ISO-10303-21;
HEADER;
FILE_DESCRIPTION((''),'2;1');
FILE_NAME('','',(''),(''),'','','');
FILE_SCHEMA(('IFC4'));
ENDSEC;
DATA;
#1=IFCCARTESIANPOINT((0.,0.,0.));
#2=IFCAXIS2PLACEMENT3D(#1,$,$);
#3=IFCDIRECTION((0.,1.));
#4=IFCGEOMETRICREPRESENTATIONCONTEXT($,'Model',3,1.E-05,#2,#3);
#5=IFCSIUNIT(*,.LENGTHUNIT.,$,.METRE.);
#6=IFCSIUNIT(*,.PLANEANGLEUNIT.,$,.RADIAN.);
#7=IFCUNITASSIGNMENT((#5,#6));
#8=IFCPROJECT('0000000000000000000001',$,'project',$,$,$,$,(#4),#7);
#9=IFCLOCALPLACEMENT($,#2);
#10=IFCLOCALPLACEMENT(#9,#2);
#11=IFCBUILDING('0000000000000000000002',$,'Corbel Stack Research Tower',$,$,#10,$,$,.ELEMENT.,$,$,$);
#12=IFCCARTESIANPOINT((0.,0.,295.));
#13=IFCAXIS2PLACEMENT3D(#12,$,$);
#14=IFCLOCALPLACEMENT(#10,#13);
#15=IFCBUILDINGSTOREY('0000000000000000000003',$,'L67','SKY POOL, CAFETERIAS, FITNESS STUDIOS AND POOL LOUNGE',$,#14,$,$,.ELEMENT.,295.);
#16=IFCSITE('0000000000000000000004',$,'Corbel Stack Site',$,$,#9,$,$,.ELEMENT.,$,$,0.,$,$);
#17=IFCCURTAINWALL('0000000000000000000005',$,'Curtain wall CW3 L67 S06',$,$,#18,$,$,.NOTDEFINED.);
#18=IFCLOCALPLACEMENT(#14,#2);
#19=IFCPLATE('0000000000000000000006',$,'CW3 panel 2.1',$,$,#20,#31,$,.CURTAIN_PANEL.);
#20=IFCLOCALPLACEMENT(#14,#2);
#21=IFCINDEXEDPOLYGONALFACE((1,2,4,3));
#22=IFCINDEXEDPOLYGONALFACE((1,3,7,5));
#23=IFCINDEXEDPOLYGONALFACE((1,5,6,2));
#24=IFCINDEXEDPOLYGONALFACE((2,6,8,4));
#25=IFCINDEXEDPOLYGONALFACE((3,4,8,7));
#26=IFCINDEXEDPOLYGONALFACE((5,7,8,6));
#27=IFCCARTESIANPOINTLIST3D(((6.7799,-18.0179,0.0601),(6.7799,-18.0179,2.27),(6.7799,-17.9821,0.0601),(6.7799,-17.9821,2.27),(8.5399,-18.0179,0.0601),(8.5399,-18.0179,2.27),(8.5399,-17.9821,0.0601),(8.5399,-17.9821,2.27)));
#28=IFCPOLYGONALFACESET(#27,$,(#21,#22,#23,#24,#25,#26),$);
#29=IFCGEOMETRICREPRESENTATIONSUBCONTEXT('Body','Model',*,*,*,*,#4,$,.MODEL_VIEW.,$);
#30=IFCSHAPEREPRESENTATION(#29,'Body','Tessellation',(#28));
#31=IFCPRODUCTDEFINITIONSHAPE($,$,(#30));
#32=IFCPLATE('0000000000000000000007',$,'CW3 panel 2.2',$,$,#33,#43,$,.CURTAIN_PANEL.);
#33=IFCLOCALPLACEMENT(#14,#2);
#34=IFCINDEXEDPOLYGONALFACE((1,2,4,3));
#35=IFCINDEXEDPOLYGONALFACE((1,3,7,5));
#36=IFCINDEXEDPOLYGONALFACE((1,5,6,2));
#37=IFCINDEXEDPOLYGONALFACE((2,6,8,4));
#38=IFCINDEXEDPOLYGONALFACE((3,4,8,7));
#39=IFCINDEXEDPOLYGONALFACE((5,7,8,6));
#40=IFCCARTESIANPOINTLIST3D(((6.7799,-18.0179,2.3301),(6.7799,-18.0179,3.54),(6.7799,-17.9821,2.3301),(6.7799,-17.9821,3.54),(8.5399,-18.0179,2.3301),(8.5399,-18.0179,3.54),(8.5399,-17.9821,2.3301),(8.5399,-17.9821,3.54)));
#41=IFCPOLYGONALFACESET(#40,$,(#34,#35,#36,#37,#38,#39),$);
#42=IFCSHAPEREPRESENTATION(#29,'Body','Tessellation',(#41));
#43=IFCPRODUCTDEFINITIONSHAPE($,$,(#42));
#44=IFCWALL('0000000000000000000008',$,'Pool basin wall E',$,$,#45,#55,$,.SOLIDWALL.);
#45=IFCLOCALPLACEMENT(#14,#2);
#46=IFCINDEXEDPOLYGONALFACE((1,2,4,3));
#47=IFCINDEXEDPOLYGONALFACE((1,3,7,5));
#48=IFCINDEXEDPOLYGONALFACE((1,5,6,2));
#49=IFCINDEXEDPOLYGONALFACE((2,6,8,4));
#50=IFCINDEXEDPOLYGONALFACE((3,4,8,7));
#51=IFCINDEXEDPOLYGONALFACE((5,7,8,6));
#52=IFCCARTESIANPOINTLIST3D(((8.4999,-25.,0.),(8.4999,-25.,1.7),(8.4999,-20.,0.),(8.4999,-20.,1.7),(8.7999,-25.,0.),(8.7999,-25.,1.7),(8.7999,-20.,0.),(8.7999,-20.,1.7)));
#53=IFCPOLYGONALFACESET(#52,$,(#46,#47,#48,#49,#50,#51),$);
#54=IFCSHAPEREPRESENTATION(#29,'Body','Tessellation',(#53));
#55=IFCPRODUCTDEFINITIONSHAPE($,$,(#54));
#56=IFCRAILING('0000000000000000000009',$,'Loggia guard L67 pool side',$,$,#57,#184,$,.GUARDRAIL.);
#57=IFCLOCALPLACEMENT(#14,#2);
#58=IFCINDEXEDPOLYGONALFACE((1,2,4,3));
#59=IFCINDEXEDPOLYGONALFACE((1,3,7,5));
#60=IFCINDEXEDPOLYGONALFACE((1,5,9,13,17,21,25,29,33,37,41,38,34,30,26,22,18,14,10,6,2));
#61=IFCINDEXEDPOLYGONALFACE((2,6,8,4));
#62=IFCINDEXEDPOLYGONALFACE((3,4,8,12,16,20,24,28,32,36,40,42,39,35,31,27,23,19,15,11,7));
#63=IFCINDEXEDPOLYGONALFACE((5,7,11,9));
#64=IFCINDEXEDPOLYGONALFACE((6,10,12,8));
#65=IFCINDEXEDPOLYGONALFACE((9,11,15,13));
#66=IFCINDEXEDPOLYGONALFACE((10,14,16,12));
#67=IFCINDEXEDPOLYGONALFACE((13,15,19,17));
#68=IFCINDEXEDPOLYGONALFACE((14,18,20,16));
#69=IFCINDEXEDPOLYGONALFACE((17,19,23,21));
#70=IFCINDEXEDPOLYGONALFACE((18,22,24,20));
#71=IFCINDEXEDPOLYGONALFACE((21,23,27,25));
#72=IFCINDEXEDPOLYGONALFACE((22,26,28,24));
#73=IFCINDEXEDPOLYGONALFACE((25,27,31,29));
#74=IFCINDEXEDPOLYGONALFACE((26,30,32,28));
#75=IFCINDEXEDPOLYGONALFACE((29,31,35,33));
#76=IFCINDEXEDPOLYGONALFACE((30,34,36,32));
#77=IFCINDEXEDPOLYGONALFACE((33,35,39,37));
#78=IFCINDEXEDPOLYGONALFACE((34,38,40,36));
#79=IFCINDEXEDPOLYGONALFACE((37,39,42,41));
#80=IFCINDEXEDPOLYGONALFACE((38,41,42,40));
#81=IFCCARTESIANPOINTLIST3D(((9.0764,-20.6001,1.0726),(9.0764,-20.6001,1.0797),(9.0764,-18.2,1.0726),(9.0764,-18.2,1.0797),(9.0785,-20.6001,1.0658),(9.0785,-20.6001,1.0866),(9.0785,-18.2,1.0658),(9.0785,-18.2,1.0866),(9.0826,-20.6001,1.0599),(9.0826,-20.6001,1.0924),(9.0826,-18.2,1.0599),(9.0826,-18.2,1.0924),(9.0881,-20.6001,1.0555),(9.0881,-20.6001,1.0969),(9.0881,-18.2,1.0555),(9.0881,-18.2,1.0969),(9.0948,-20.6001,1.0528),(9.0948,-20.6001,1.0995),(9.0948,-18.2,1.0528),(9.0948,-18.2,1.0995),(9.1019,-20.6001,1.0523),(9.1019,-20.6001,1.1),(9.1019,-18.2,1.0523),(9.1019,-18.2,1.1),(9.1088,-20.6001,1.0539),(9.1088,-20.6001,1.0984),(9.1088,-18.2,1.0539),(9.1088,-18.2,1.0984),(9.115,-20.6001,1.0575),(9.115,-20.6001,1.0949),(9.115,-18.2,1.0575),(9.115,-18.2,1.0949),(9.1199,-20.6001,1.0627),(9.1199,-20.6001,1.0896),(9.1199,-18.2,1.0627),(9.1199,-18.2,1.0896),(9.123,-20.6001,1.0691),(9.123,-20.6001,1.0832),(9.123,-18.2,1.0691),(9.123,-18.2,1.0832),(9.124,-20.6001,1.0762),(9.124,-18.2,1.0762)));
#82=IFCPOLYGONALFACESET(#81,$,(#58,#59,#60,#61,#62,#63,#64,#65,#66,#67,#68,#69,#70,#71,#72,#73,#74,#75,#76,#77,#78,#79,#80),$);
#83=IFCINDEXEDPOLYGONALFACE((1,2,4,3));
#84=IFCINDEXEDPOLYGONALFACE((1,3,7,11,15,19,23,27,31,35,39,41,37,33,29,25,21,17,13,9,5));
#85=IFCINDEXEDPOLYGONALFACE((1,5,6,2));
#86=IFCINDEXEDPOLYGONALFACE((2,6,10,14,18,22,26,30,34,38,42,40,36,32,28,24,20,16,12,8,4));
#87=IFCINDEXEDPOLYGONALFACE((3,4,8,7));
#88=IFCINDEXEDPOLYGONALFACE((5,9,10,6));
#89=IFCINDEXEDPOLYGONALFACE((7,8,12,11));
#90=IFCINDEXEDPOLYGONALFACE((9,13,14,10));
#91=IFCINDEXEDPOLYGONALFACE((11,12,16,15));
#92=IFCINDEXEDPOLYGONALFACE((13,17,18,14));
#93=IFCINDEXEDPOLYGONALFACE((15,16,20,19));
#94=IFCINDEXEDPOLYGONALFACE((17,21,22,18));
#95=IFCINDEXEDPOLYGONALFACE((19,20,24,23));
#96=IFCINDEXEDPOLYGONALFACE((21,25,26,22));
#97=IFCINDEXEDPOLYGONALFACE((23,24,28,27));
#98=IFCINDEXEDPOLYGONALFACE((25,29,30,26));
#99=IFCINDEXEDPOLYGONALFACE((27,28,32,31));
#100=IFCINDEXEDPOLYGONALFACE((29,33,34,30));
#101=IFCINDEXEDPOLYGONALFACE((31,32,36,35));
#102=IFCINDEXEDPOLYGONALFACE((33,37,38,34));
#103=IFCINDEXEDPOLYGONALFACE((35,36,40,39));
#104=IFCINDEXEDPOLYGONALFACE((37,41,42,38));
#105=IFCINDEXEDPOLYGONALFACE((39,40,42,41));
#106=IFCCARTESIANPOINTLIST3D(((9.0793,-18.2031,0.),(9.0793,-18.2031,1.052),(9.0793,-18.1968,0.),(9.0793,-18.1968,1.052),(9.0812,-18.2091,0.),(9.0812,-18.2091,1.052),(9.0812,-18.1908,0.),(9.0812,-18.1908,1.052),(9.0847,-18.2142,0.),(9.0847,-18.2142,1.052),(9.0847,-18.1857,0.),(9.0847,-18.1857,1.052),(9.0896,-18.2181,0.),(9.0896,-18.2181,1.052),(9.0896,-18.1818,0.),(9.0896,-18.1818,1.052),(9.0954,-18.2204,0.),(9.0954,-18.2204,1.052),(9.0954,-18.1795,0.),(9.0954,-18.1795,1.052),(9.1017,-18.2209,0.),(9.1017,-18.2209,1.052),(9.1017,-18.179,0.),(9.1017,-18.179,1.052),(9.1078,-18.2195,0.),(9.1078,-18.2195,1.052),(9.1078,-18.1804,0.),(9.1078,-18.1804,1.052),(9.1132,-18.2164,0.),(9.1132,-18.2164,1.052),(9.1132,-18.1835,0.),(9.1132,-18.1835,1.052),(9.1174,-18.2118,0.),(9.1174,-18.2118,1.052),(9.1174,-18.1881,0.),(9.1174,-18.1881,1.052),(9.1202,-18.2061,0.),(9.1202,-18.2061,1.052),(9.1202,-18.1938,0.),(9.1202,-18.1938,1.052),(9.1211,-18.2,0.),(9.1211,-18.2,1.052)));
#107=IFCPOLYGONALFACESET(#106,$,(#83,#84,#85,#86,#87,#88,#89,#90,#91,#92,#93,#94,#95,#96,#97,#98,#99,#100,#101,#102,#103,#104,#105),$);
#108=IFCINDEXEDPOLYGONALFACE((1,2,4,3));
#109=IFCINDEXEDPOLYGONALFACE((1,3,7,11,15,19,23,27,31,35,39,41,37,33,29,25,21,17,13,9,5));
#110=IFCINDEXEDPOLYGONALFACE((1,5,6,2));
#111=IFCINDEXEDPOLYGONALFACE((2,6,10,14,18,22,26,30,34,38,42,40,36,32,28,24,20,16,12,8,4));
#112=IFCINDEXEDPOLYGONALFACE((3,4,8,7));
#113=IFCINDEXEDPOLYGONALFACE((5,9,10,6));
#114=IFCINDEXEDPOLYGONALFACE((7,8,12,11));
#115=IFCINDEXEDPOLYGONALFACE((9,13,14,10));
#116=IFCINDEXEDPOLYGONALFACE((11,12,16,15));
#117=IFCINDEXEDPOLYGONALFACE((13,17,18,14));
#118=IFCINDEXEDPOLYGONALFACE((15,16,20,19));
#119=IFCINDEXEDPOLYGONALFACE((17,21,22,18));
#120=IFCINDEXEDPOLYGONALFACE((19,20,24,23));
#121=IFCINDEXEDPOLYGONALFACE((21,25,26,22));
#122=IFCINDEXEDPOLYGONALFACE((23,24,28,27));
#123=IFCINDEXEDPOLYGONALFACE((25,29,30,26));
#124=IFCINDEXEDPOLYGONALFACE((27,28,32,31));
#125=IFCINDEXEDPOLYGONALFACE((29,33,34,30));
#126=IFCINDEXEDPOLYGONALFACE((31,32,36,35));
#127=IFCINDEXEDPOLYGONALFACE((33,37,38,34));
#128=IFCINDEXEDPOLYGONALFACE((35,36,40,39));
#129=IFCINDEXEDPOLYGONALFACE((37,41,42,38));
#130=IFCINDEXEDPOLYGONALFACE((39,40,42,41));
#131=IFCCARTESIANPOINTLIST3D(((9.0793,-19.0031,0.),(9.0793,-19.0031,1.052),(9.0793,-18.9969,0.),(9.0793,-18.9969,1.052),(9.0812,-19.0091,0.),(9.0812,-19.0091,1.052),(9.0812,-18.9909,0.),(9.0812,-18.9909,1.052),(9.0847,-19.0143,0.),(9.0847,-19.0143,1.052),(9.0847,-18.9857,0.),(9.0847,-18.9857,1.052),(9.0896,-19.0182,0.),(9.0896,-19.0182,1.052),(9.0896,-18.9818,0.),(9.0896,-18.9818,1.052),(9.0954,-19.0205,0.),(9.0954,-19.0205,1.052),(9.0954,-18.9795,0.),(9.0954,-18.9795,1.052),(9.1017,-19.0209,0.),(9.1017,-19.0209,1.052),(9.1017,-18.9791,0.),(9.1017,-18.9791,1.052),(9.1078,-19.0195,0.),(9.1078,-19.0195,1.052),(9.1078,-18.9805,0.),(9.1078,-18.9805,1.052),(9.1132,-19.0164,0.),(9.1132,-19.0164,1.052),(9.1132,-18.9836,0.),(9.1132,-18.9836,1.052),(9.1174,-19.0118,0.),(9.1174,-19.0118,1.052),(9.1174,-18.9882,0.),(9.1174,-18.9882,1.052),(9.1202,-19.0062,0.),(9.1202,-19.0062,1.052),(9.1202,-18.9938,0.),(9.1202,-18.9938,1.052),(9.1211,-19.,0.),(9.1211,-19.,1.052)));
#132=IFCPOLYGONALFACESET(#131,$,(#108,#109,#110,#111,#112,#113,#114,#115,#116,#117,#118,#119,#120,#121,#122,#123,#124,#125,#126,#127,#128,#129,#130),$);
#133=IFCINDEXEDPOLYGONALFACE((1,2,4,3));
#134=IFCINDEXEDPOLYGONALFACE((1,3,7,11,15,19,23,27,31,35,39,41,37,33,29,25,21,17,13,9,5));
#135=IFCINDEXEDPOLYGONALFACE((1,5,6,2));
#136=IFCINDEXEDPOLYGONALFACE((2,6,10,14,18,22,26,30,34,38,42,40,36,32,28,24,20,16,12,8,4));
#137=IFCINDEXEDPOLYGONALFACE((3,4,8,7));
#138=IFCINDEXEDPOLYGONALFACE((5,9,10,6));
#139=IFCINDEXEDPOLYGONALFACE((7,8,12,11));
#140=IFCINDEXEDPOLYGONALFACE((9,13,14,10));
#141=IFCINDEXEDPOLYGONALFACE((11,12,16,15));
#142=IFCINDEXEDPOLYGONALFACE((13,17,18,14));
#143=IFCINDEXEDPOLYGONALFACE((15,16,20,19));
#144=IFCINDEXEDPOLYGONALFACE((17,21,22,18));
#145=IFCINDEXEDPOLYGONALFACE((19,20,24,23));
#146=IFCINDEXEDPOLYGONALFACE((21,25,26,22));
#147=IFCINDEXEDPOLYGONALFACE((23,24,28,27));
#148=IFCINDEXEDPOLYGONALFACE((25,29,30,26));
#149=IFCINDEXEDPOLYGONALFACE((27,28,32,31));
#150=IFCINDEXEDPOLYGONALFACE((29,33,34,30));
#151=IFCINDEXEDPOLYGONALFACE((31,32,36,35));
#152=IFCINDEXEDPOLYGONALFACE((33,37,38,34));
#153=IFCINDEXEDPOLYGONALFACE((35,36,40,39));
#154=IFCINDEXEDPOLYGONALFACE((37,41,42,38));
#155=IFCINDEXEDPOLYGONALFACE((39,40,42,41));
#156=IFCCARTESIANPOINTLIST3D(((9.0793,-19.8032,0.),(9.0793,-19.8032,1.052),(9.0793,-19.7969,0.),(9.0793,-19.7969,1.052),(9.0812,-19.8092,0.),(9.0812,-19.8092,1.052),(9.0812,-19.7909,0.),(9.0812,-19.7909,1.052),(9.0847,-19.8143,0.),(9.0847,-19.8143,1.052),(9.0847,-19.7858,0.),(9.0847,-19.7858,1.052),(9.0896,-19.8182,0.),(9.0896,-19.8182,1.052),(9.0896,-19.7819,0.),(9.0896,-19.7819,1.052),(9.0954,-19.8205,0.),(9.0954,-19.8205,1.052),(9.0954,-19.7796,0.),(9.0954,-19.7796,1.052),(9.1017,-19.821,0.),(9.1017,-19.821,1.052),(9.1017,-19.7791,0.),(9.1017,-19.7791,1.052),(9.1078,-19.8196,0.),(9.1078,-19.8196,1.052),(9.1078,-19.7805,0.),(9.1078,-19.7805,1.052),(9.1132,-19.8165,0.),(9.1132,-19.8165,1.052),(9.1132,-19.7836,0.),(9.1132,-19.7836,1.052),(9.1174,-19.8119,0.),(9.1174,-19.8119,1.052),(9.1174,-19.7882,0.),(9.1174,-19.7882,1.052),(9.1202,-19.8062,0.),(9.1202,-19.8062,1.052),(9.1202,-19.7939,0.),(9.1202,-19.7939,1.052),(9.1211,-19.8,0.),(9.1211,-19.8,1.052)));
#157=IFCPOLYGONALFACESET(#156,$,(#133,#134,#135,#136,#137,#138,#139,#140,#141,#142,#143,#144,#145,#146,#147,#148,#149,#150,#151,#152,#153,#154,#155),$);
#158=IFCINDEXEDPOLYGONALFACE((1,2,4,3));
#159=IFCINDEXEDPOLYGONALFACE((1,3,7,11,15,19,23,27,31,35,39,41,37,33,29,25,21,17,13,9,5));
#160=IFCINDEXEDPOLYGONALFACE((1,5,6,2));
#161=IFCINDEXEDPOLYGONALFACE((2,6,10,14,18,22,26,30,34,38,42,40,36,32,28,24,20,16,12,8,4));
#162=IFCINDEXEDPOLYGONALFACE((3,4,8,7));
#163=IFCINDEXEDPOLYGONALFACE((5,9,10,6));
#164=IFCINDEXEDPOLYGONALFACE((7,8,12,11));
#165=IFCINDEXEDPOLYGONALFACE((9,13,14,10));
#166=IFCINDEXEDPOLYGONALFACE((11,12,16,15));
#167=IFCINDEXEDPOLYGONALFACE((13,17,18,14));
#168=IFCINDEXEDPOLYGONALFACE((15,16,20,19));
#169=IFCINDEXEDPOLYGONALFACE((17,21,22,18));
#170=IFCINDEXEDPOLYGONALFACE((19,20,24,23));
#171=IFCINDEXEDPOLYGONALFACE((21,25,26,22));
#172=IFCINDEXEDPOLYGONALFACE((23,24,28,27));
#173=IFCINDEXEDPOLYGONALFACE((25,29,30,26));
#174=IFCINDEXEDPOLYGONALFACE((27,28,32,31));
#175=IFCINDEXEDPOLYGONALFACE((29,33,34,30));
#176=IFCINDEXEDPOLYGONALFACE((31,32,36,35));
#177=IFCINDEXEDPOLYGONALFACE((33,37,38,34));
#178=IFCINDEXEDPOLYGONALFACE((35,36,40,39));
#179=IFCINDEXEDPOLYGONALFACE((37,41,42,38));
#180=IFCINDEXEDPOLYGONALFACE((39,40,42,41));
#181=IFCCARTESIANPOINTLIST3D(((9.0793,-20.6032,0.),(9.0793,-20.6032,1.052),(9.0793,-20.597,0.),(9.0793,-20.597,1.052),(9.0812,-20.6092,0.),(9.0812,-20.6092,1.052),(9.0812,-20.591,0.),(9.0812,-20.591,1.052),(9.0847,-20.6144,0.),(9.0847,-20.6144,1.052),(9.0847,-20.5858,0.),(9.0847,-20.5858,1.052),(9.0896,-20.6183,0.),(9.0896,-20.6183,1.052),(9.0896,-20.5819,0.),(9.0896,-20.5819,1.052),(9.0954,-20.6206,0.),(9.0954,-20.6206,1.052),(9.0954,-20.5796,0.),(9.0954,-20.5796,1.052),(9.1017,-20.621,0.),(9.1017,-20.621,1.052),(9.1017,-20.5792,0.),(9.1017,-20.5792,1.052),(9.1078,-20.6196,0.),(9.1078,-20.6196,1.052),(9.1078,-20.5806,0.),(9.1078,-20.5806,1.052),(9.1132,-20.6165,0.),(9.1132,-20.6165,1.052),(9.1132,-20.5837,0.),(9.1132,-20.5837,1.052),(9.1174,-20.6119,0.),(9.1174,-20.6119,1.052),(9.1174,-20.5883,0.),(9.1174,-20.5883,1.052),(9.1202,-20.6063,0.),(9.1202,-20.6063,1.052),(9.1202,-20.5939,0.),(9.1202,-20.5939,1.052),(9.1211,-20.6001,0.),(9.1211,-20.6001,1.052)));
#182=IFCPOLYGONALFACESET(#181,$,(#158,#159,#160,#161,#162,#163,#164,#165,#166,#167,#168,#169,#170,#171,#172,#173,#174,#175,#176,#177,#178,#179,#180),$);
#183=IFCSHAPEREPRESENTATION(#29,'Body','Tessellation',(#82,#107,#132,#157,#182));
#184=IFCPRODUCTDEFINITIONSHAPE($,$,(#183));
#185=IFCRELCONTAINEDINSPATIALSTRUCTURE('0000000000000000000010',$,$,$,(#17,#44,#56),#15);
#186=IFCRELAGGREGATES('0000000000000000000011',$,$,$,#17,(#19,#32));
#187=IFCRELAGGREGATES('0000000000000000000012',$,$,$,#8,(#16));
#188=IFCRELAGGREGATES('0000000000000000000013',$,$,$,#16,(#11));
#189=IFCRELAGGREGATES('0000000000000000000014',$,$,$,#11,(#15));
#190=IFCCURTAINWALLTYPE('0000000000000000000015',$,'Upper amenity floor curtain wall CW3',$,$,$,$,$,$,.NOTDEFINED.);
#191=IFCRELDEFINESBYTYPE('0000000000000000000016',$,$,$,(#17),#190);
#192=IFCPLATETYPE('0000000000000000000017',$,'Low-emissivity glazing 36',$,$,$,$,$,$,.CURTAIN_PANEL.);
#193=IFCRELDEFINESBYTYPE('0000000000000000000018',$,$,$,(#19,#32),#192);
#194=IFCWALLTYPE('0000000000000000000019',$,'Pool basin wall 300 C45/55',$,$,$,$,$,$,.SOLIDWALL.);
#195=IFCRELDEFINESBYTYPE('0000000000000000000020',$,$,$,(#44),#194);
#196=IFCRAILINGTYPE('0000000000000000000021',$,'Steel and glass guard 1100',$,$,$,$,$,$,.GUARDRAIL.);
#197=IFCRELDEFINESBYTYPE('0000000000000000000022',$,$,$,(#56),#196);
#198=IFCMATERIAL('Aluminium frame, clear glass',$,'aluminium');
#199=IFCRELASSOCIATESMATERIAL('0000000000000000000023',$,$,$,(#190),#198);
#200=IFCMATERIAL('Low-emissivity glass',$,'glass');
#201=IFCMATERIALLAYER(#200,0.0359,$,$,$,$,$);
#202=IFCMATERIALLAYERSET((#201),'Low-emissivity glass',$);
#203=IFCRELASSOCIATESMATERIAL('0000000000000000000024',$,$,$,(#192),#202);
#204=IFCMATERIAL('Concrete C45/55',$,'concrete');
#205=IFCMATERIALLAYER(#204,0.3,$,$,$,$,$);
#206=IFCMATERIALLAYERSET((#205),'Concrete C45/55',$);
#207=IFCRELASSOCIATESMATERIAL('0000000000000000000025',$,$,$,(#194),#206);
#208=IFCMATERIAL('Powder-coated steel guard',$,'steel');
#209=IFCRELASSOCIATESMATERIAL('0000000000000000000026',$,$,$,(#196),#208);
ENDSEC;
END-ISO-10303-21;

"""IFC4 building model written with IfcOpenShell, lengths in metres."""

from ifc_helpers import new_model, si_unit, direction, frame, frame_2d, origin, origin_2d, place, context, subcontext, project, spatial, rectangle, circle, extrude, material, layer, layer_set, type_object, element, aggregate, save


model = new_model("IFC4")

# Units and contexts
model_context = context("Model", 3, precision=1e-05, world=origin(), true_north=direction((0.0, 1.0)))
body_context = subcontext(model_context, "Body", "Model", "MODEL_VIEW")
ifc_project = project(units=[si_unit("LENGTHUNIT", "METRE"), si_unit("PLANEANGLEUNIT", "RADIAN")], contexts=[model_context])

# Site, building, storey
site_placement = place(None, origin())
site = spatial("IfcSite", under=ifc_project, at=site_placement, Name="Corbel Stack Site", CompositionType="ELEMENT", RefElevation=0.0)
building_placement = place(site_placement, origin())
building = spatial("IfcBuilding", under=site, at=building_placement, Name="Corbel Stack Research Tower", CompositionType="ELEMENT")
storey_placement = place(building_placement, frame((0.0, 0.0, 295.0)))
storey = spatial("IfcBuildingStorey", under=building, at=storey_placement, Name="L67", Description="SKY POOL, CAFETERIAS, FITNESS STUDIOS AND POOL LOUNGE", CompositionType="ELEMENT", Elevation=295.0)

# Curtain wall
ifc_material_1 = material(Name="Aluminium frame, clear glass", Category="aluminium")
curtain_wall_type = type_object("IfcCurtainWallType", Name="Upper amenity floor curtain wall CW3", PredefinedType="NOTDEFINED", material=ifc_material_1)
curtain_wall_placement = place(storey_placement, origin())
curtain_wall = element("IfcCurtainWall", 1, at=curtain_wall_placement, inside=storey, type_object=curtain_wall_type, Name="Curtain wall CW3 L67 S06", PredefinedType="NOTDEFINED")

# Plates
ifc_material_2 = material(Name="Low-emissivity glass", Category="glass")
ifc_layer_1 = layer(ifc_material_2, 0.0359)
ifc_layer_set_1 = layer_set([ifc_layer_1], Name="Low-emissivity glass")
plate_type = type_object("IfcPlateType", Name="Low-emissivity glazing 36", PredefinedType="CURTAIN_PANEL", material=ifc_layer_set_1)
plate_1_placement = place(storey_placement, frame((7.6599, -18.0, 0.0601), z_axis=(0.0, 0.0, 1.0), x_axis=(1.0, 0.0, 0.0)))
plate_1 = element("IfcPlate", 2, at=plate_1_placement, type_object=plate_type, Name="CW3 panel 2.1", PredefinedType="CURTAIN_PANEL", context=body_context, shape_type="SweptSolid", body=[
    extrude(rectangle(XDim=1.76, YDim=0.0359, at=origin_2d()), origin(), (0.0, 0.0, 1.0), 2.21),
])
plate_2_placement = place(storey_placement, frame((7.6599, -18.0, 2.3301), z_axis=(0.0, 0.0, 1.0), x_axis=(1.0, 0.0, 0.0)))
plate_2 = element("IfcPlate", 3, at=plate_2_placement, type_object=plate_type, Name="CW3 panel 2.2", PredefinedType="CURTAIN_PANEL", context=body_context, shape_type="SweptSolid", body=[
    extrude(rectangle(XDim=1.76, YDim=0.0359, at=origin_2d()), origin(), (0.0, 0.0, 1.0), 1.21),
])
aggregate(curtain_wall, [plate_1, plate_2])

# Wall
ifc_material_3 = material(Name="Concrete C45/55", Category="concrete")
ifc_layer_2 = layer(ifc_material_3, 0.3)
ifc_layer_set_2 = layer_set([ifc_layer_2], Name="Concrete C45/55")
wall_type_1 = type_object("IfcWallType", Name="Pool basin wall 300 C45/55", PredefinedType="SOLIDWALL", material=ifc_layer_set_2)
wall_1_placement = place(storey_placement, frame((8.6499, -25.0, 0.0), z_axis=(0.0, 0.0, 1.0), x_axis=(0.0, 1.0, 0.0)))
element("IfcWall", 4, at=wall_1_placement, inside=storey, type_object=wall_type_1, Name="Pool basin wall E", PredefinedType="SOLIDWALL", context=body_context, shape_type="SweptSolid", body=[
    extrude(rectangle(XDim=5.0, YDim=0.3, at=frame_2d((2.5, 0.0))), origin(), (0.0, 0.0, 1.0), 1.7),
])

# Railing
ifc_material_4 = material(Name="Powder-coated steel guard", Category="steel")
railing_type = type_object("IfcRailingType", Name="Steel and glass guard 1100", PredefinedType="GUARDRAIL", material=ifc_material_4)
railing_1_placement = place(storey_placement, frame((9.1001, -18.2, 0.0)))
element("IfcRailing", 5, at=railing_1_placement, inside=storey, type_object=railing_type, Name="Loggia guard L67 pool side", PredefinedType="GUARDRAIL", context=body_context, shape_type="SweptSolid", body=[
    extrude(circle(Radius=0.0239, at=origin_2d()), frame((0.0, 0.0, 1.0762), z_axis=(0.0, -1.0, 0.0), x_axis=(1.0, 0.0, 0.0)), (0.0, 0.0, 1.0), 2.4001),
    extrude(circle(Radius=0.021, at=origin_2d()), origin(), (0.0, 0.0, 1.0), 1.052),
    extrude(circle(Radius=0.021, at=origin_2d()), frame((0.0, -0.8, 0.0)), (0.0, 0.0, 1.0), 1.052),
    extrude(circle(Radius=0.021, at=origin_2d()), frame((0.0, -1.6001, 0.0)), (0.0, 0.0, 1.0), 1.052),
    extrude(circle(Radius=0.021, at=origin_2d()), frame((0.0, -2.4001, 0.0)), (0.0, 0.0, 1.0), 1.052),
])

save(model, "model.ifc")
